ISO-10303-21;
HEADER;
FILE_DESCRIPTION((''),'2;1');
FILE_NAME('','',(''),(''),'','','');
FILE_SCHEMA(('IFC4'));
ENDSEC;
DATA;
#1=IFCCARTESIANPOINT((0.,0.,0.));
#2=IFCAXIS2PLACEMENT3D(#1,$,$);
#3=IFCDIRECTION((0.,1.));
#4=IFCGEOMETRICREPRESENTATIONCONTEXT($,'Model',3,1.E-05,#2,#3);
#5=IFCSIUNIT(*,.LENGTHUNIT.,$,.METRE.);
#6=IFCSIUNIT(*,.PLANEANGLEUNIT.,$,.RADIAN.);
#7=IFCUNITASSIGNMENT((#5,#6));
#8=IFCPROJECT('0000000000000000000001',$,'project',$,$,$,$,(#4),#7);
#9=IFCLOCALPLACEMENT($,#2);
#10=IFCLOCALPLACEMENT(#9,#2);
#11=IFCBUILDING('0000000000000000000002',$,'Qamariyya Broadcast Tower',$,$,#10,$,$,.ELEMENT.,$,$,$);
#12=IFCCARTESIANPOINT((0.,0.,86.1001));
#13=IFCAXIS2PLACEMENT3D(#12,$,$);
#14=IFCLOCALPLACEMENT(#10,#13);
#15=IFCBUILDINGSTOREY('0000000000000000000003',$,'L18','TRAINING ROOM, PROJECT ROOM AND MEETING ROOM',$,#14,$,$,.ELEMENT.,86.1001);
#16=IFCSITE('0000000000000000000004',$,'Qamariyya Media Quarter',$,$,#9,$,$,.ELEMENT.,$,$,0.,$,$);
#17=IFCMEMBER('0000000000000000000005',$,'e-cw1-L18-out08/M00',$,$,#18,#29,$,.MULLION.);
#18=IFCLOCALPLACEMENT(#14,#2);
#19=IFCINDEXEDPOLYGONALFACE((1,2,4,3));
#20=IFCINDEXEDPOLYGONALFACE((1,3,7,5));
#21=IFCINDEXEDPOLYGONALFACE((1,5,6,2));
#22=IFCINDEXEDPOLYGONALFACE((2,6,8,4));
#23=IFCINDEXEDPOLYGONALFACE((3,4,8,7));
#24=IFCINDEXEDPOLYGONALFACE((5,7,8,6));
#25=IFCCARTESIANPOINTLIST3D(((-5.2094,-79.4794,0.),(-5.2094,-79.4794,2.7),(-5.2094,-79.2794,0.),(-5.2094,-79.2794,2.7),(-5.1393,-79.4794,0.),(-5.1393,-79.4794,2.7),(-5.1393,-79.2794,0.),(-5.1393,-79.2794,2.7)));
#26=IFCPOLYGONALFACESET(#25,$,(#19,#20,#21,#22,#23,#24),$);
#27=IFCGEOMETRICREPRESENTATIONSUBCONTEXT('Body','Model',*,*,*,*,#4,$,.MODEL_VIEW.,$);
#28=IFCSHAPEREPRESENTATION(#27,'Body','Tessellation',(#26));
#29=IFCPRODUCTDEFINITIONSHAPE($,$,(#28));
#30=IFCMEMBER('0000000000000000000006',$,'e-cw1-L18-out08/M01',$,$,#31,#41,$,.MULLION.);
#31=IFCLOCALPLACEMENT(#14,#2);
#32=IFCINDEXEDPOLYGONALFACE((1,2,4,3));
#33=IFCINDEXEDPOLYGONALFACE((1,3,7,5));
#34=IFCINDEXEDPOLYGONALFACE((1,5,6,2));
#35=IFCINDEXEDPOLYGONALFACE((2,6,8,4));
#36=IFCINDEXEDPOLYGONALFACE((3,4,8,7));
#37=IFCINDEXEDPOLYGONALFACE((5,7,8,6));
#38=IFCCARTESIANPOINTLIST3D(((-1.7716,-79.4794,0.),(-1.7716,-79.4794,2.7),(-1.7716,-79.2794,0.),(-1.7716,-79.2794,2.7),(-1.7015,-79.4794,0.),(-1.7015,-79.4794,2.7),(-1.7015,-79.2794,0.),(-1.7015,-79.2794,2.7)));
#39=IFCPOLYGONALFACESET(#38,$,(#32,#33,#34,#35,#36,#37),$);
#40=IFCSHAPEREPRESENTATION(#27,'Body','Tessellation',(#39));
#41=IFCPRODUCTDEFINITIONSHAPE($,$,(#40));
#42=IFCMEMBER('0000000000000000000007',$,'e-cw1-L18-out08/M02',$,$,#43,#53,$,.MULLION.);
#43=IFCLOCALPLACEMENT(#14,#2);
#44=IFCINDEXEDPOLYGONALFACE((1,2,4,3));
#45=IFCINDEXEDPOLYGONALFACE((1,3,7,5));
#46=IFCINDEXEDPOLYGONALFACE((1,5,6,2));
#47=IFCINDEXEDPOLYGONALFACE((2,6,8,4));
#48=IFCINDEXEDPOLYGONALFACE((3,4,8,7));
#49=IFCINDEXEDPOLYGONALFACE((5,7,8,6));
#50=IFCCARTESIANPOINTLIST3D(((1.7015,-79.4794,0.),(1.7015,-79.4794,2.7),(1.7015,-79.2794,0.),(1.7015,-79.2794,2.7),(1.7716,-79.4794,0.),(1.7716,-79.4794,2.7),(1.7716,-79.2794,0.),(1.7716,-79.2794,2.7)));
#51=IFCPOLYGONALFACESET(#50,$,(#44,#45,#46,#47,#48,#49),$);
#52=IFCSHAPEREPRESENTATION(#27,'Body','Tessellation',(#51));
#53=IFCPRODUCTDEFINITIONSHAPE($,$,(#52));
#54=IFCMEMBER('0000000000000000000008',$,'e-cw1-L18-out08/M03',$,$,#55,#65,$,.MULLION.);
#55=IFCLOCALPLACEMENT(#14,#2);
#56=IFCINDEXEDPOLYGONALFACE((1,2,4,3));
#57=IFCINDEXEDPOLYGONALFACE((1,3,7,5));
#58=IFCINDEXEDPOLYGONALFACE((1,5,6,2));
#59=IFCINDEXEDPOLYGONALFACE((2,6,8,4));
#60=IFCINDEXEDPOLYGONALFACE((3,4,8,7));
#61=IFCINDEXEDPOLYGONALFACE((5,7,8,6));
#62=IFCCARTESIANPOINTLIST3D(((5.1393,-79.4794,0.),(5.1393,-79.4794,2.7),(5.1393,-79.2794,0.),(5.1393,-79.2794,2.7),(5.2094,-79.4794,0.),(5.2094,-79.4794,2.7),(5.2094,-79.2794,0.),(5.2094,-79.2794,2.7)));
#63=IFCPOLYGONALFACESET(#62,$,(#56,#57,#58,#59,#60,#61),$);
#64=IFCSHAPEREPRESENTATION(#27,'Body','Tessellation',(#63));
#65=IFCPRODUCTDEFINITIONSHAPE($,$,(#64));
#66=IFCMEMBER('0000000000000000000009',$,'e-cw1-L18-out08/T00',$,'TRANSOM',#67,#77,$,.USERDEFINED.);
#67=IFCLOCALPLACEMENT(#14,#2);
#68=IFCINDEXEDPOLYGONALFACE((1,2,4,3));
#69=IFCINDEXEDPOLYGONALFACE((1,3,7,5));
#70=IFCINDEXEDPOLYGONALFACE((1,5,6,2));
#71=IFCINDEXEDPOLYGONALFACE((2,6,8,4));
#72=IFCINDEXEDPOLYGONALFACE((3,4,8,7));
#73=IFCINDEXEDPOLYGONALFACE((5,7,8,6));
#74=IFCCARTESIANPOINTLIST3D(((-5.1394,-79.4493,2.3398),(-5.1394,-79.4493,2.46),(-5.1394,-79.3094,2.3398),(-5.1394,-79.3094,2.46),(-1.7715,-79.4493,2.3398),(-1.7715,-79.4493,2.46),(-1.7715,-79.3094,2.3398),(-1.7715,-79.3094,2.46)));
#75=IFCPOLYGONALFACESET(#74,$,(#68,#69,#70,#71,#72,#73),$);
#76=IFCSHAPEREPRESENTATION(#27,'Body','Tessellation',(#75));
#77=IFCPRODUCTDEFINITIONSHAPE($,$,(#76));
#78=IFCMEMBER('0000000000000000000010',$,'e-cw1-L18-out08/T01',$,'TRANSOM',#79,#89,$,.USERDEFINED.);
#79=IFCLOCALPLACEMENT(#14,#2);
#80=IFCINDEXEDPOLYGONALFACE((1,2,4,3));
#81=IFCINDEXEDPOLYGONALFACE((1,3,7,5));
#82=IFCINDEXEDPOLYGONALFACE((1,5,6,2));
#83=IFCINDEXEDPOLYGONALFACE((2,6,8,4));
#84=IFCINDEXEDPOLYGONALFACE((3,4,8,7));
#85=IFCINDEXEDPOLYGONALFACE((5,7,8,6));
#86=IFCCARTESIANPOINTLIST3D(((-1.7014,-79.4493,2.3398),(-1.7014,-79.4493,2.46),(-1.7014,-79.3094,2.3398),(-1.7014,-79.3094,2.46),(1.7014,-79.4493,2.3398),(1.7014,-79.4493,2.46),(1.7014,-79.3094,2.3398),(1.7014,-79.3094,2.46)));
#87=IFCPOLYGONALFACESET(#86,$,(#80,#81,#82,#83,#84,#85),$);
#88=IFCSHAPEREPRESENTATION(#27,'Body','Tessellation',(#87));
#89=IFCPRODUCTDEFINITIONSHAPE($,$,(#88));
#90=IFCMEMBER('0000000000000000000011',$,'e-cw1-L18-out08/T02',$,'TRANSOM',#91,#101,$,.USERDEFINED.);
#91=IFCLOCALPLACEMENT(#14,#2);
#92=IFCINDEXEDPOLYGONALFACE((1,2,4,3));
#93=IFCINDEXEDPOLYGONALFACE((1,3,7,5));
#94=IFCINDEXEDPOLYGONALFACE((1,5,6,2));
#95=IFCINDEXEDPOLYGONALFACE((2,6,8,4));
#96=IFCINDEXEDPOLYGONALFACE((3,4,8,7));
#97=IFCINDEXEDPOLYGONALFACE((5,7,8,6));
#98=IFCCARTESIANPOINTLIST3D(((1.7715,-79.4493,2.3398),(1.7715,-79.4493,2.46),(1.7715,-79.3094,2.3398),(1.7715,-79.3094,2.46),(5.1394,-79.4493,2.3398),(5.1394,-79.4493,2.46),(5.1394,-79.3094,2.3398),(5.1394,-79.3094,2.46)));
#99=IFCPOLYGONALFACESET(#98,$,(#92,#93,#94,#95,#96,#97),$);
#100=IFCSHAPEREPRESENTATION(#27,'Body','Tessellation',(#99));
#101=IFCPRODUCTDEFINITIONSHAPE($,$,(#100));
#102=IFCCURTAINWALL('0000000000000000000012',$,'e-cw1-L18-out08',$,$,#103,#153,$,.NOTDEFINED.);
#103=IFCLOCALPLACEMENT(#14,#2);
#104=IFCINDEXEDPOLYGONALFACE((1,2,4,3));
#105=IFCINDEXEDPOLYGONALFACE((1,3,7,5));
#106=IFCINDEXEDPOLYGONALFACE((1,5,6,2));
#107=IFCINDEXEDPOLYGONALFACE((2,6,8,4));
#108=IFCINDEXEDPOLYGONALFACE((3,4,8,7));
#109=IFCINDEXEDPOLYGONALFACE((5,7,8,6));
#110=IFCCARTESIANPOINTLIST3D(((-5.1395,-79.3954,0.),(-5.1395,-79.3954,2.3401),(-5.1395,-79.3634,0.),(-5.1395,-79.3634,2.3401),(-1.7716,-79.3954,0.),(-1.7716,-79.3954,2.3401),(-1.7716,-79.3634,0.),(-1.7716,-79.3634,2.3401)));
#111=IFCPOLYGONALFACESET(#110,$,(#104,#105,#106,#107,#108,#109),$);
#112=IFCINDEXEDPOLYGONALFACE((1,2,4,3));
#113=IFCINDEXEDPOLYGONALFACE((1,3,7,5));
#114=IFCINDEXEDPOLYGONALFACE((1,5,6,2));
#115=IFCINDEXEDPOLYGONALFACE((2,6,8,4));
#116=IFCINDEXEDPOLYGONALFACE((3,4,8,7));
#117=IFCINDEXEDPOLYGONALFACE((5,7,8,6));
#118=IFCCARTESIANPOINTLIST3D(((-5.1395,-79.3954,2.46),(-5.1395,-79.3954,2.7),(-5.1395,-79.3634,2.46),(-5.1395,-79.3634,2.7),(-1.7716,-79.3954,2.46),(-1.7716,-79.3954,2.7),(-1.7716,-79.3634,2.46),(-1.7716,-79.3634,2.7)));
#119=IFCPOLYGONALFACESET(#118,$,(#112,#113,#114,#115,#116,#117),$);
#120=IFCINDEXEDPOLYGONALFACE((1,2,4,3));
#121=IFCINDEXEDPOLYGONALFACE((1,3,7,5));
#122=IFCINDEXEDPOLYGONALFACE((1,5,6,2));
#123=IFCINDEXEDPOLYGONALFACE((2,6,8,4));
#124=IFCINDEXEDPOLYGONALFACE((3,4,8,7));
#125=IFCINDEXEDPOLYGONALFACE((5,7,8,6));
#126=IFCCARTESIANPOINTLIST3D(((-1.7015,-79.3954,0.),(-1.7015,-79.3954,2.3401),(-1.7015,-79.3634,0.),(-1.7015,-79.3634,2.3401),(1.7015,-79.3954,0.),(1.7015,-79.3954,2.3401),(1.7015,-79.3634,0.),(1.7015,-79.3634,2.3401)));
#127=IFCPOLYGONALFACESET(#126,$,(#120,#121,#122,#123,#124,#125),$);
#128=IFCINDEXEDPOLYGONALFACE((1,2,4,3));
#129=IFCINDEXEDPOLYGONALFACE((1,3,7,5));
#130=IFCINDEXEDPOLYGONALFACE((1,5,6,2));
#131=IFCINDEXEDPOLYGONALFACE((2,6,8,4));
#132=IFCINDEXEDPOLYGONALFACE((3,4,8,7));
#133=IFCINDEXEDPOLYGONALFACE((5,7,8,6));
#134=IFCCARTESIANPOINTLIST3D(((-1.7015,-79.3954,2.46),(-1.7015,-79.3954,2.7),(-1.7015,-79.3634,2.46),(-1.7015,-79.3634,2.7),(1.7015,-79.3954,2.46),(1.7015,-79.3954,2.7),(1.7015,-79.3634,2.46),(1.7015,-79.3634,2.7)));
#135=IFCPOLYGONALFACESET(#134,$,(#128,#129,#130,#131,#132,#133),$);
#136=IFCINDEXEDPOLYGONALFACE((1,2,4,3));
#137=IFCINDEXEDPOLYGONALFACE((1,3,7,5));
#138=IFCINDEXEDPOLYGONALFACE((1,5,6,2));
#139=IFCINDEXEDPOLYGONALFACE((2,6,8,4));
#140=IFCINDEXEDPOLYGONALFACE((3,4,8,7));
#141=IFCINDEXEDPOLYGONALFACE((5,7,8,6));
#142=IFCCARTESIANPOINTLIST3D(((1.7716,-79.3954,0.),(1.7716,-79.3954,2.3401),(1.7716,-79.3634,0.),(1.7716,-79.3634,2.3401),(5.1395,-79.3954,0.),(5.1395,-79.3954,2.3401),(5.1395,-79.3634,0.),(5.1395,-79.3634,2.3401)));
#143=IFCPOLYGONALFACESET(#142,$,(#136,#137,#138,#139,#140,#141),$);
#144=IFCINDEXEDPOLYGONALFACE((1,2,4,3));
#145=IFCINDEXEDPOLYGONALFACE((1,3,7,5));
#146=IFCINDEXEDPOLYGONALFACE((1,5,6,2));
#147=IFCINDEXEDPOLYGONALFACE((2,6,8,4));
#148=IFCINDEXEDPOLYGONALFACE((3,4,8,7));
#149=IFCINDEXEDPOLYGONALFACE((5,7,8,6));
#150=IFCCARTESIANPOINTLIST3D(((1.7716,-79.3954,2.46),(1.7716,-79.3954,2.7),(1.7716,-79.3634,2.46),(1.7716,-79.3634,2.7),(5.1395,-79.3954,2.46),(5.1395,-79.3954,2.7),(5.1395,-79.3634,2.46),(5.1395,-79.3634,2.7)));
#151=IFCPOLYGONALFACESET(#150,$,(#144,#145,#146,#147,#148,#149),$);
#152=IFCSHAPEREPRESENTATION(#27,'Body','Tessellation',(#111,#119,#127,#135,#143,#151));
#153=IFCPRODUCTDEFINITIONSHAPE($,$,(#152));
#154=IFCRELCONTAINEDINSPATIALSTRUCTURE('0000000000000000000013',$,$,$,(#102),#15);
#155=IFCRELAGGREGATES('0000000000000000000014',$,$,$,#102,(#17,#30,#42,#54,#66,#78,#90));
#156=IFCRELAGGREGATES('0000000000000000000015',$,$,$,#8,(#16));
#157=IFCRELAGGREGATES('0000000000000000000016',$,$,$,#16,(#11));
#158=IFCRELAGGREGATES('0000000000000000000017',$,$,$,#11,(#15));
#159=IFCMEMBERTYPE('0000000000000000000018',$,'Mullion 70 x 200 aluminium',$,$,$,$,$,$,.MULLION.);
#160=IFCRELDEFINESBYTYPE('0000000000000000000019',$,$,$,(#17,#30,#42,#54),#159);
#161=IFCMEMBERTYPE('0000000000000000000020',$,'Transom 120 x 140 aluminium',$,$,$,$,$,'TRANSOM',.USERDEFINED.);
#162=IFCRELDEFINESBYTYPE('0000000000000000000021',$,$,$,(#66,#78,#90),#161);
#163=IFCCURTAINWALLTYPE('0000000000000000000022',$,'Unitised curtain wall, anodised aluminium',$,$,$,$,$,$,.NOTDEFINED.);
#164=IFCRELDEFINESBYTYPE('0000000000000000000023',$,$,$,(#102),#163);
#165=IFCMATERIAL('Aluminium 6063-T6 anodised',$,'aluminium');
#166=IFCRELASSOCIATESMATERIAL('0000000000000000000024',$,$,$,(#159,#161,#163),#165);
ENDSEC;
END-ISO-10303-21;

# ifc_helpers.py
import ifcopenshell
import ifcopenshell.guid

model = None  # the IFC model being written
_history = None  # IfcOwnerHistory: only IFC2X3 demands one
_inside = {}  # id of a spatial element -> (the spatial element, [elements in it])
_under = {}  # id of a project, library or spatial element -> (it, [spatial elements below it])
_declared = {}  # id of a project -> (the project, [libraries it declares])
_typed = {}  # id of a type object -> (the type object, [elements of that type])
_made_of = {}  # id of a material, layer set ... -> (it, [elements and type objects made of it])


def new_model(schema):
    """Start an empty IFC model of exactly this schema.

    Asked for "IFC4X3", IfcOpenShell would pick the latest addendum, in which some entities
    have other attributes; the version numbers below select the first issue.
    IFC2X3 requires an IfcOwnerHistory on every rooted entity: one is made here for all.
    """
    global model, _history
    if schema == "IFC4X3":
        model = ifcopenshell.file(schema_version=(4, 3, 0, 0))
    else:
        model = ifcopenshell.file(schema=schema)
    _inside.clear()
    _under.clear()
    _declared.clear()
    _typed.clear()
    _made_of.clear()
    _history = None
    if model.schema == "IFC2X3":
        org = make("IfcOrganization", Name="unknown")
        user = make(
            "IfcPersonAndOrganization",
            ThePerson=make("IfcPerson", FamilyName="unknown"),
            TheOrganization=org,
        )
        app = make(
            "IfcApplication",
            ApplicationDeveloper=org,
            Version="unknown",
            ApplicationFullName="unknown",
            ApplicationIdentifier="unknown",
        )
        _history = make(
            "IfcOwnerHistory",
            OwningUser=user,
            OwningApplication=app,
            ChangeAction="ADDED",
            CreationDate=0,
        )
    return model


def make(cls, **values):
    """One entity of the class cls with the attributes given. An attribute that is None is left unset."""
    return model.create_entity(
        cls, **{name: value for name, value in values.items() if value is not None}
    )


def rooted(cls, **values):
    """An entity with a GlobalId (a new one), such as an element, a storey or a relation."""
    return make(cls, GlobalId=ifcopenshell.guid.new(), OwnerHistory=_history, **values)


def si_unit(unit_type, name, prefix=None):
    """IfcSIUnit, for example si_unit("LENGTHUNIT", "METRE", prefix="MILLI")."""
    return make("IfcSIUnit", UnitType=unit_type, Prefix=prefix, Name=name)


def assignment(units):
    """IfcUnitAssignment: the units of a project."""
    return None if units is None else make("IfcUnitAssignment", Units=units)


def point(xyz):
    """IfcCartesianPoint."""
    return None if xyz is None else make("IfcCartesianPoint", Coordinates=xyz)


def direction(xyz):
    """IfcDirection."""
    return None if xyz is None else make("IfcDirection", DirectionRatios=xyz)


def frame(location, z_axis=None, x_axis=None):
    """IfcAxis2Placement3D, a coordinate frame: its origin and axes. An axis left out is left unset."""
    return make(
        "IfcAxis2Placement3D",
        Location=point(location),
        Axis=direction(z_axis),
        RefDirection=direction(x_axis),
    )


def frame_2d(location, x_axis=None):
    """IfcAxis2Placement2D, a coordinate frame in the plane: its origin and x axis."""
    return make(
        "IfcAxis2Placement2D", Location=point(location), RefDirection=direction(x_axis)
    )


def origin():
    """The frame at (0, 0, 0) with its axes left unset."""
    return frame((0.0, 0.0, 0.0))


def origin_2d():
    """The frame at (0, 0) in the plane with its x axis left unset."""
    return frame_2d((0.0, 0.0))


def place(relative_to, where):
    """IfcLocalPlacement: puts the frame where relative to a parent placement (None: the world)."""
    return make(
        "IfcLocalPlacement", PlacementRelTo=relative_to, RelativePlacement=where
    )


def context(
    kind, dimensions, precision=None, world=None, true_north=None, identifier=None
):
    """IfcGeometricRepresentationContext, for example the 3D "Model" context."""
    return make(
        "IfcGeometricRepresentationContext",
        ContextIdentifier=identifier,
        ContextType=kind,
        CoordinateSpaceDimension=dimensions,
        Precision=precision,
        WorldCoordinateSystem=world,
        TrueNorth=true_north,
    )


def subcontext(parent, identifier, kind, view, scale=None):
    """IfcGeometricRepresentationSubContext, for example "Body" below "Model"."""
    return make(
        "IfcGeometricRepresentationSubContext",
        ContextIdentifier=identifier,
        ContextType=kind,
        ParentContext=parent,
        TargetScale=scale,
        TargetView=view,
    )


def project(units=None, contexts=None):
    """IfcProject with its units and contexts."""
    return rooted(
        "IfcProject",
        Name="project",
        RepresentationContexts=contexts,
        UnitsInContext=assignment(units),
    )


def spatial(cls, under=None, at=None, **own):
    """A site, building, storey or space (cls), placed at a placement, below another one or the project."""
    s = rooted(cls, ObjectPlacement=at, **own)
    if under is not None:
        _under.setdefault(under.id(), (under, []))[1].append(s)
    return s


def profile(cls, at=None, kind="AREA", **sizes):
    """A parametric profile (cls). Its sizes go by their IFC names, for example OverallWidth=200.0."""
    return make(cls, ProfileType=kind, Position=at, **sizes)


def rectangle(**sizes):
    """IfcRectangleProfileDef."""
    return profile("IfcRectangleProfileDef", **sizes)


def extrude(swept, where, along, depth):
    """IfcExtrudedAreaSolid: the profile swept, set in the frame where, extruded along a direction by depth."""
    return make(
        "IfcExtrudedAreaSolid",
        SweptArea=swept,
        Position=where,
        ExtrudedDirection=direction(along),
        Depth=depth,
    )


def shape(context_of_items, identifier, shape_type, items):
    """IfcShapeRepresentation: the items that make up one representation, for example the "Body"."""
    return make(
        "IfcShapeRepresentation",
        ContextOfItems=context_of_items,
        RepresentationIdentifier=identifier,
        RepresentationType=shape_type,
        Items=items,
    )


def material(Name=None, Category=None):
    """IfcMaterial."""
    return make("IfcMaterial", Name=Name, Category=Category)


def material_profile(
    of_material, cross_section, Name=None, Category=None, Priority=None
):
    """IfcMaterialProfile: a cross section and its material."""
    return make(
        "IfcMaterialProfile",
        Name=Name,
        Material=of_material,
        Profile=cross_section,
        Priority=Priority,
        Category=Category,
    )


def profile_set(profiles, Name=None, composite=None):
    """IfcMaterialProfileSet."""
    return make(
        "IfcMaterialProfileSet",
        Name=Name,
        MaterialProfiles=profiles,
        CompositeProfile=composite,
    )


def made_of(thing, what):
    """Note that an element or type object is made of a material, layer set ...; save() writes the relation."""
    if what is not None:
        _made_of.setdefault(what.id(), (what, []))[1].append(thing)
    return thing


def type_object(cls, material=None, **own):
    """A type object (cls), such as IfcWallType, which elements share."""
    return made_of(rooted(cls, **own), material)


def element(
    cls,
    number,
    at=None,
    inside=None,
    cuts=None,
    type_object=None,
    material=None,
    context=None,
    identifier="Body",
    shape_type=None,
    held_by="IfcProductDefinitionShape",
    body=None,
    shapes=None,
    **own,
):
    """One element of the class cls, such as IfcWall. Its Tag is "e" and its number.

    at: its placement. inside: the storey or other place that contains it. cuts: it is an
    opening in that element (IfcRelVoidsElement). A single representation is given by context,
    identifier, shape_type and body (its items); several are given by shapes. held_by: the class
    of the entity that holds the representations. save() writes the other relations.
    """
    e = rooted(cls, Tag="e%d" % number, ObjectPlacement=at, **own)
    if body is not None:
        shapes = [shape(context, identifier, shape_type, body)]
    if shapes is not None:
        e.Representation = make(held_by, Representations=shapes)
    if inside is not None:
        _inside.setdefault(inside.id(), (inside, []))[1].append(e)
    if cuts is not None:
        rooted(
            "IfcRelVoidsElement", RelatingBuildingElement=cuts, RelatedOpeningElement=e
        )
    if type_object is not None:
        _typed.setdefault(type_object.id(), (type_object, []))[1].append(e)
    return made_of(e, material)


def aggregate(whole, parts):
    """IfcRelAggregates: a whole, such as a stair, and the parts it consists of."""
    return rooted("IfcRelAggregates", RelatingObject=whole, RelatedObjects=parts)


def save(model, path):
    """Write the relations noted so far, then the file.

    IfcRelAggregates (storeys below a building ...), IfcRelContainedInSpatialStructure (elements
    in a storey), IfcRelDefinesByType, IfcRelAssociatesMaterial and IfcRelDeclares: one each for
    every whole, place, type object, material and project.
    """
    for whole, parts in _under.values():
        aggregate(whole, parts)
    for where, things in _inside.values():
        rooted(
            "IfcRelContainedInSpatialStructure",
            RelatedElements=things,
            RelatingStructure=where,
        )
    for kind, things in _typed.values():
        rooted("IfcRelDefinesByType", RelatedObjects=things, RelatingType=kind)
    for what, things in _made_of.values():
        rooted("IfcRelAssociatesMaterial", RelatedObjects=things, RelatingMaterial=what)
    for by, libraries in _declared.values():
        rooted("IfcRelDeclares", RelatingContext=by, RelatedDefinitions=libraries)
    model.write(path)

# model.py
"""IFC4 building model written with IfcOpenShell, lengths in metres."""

from ifc_helpers import new_model, si_unit, direction, frame, origin, origin_2d, place, context, subcontext, project, spatial, rectangle, extrude, material, material_profile, profile_set, type_object, element, aggregate, save


model = new_model("IFC4")

# Units and contexts
model_context = context("Model", 3, precision=1e-05, world=origin(), true_north=direction((0.0, 1.0)))
body_context = subcontext(model_context, "Body", "Model", "MODEL_VIEW")
ifc_project = project(units=[si_unit("LENGTHUNIT", "METRE"), si_unit("PLANEANGLEUNIT", "RADIAN")], contexts=[model_context])

# Members
ifc_material = material(Name="Aluminium 6063-T6 anodised", Category="aluminium")
ifc_material_profile_1 = material_profile(ifc_material, rectangle(XDim=0.2, YDim=0.0701, at=origin_2d()))
ifc_profile_set_1 = profile_set([ifc_material_profile_1], Name="Aluminium 6063-T6 anodised")
member_type_1 = type_object("IfcMemberType", Name="Mullion 70 x 200 aluminium", PredefinedType="MULLION", material=ifc_profile_set_1)
site_placement = place(None, origin())
building_placement = place(site_placement, origin())
storey_placement = place(building_placement, frame((0.0, 0.0, 86.1001)))
member_1_placement = place(storey_placement, frame((-5.1743, -79.3794, 0.0), z_axis=(0.0, 0.0, 1.0), x_axis=(0.0, 1.0, 0.0)))
member_1 = element("IfcMember", 1, at=member_1_placement, type_object=member_type_1, Name="e-cw1-L18-out08/M00", PredefinedType="MULLION", context=body_context, shape_type="SweptSolid", body=[
    extrude(rectangle(XDim=0.2, YDim=0.0701, at=origin_2d()), origin(), (0.0, 0.0, 1.0), 2.7),
])
member_2_placement = place(storey_placement, frame((-1.7366, -79.3794, 0.0), z_axis=(0.0, 0.0, 1.0), x_axis=(0.0, 1.0, 0.0)))
member_2 = element("IfcMember", 2, at=member_2_placement, type_object=member_type_1, Name="e-cw1-L18-out08/M01", PredefinedType="MULLION", context=body_context, shape_type="SweptSolid", body=[
    extrude(rectangle(XDim=0.2, YDim=0.0701, at=origin_2d()), origin(), (0.0, 0.0, 1.0), 2.7),
])
member_3_placement = place(storey_placement, frame((1.7366, -79.3794, 0.0), z_axis=(0.0, 0.0, 1.0), x_axis=(0.0, 1.0, 0.0)))
member_3 = element("IfcMember", 3, at=member_3_placement, type_object=member_type_1, Name="e-cw1-L18-out08/M02", PredefinedType="MULLION", context=body_context, shape_type="SweptSolid", body=[
    extrude(rectangle(XDim=0.2, YDim=0.0701, at=origin_2d()), origin(), (0.0, 0.0, 1.0), 2.7),
])
member_4_placement = place(storey_placement, frame((5.1743, -79.3794, 0.0), z_axis=(0.0, 0.0, 1.0), x_axis=(0.0, 1.0, 0.0)))
member_4 = element("IfcMember", 4, at=member_4_placement, type_object=member_type_1, Name="e-cw1-L18-out08/M03", PredefinedType="MULLION", context=body_context, shape_type="SweptSolid", body=[
    extrude(rectangle(XDim=0.2, YDim=0.0701, at=origin_2d()), origin(), (0.0, 0.0, 1.0), 2.7),
])
ifc_material_profile_2 = material_profile(ifc_material, rectangle(XDim=0.1399, YDim=0.1201, at=origin_2d()))
ifc_profile_set_2 = profile_set([ifc_material_profile_2], Name="Aluminium 6063-T6 anodised")
member_type_2 = type_object("IfcMemberType", Name="Transom 120 x 140 aluminium", ElementType="TRANSOM", PredefinedType="USERDEFINED", material=ifc_profile_set_2)
member_5_placement = place(storey_placement, frame((-5.1394, -79.3794, 2.3999), z_axis=(1.0, 0.0, 0.0), x_axis=(0.0, 1.0, 0.0)))
member_5 = element("IfcMember", 5, at=member_5_placement, type_object=member_type_2, Name="e-cw1-L18-out08/T00", ObjectType="TRANSOM", PredefinedType="USERDEFINED", context=body_context, shape_type="SweptSolid", body=[
    extrude(rectangle(XDim=0.1399, YDim=0.1201, at=origin_2d()), origin(), (0.0, 0.0, 1.0), 3.3679),
])
member_6_placement = place(storey_placement, frame((-1.7014, -79.3794, 2.3999), z_axis=(1.0, 0.0, 0.0), x_axis=(0.0, 1.0, 0.0)))
member_6 = element("IfcMember", 6, at=member_6_placement, type_object=member_type_2, Name="e-cw1-L18-out08/T01", ObjectType="TRANSOM", PredefinedType="USERDEFINED", context=body_context, shape_type="SweptSolid", body=[
    extrude(rectangle(XDim=0.1399, YDim=0.1201, at=origin_2d()), origin(), (0.0, 0.0, 1.0), 3.4028),
])
member_7_placement = place(storey_placement, frame((1.7715, -79.3794, 2.3999), z_axis=(1.0, 0.0, 0.0), x_axis=(0.0, 1.0, 0.0)))
member_7 = element("IfcMember", 7, at=member_7_placement, type_object=member_type_2, Name="e-cw1-L18-out08/T02", ObjectType="TRANSOM", PredefinedType="USERDEFINED", context=body_context, shape_type="SweptSolid", body=[
    extrude(rectangle(XDim=0.1399, YDim=0.1201, at=origin_2d()), origin(), (0.0, 0.0, 1.0), 3.3679),
])

# Site, building, storey
site = spatial("IfcSite", under=ifc_project, at=site_placement, Name="Qamariyya Media Quarter", CompositionType="ELEMENT", RefElevation=0.0)
building = spatial("IfcBuilding", under=site, at=building_placement, Name="Qamariyya Broadcast Tower", CompositionType="ELEMENT")
storey = spatial("IfcBuildingStorey", under=building, at=storey_placement, Name="L18", Description="TRAINING ROOM, PROJECT ROOM AND MEETING ROOM", CompositionType="ELEMENT", Elevation=86.1001)

# Curtain wall
curtain_wall_type = type_object("IfcCurtainWallType", Name="Unitised curtain wall, anodised aluminium", PredefinedType="NOTDEFINED", material=ifc_material)
curtain_wall_1_placement = place(storey_placement, origin())
curtain_wall_1 = element("IfcCurtainWall", 8, at=curtain_wall_1_placement, inside=storey, type_object=curtain_wall_type, Name="e-cw1-L18-out08", PredefinedType="NOTDEFINED", context=body_context, shape_type="SweptSolid", body=[
    extrude(rectangle(XDim=3.3679, YDim=0.032, at=origin_2d()), frame((-3.4556, -79.3794, 0.0), x_axis=(1.0, 0.0, 0.0)), (0.0, 0.0, 1.0), 2.3401),
    extrude(rectangle(XDim=3.3679, YDim=0.032, at=origin_2d()), frame((-3.4556, -79.3794, 2.46), x_axis=(1.0, 0.0, 0.0)), (0.0, 0.0, 1.0), 0.24),
    extrude(rectangle(XDim=3.4031, YDim=0.032, at=origin_2d()), frame((0.0, -79.3794, 0.0), x_axis=(1.0, 0.0, 0.0)), (0.0, 0.0, 1.0), 2.3401),
    extrude(rectangle(XDim=3.4031, YDim=0.032, at=origin_2d()), frame((0.0, -79.3794, 2.46), x_axis=(1.0, 0.0, 0.0)), (0.0, 0.0, 1.0), 0.24),
    extrude(rectangle(XDim=3.3679, YDim=0.032, at=origin_2d()), frame((3.4556, -79.3794, 0.0), x_axis=(1.0, 0.0, 0.0)), (0.0, 0.0, 1.0), 2.3401),
    extrude(rectangle(XDim=3.3679, YDim=0.032, at=origin_2d()), frame((3.4556, -79.3794, 2.46), x_axis=(1.0, 0.0, 0.0)), (0.0, 0.0, 1.0), 0.24),
])
aggregate(curtain_wall_1, [member_1, member_2, member_3, member_4, member_5, member_6, member_7])

save(model, "model.ifc")
